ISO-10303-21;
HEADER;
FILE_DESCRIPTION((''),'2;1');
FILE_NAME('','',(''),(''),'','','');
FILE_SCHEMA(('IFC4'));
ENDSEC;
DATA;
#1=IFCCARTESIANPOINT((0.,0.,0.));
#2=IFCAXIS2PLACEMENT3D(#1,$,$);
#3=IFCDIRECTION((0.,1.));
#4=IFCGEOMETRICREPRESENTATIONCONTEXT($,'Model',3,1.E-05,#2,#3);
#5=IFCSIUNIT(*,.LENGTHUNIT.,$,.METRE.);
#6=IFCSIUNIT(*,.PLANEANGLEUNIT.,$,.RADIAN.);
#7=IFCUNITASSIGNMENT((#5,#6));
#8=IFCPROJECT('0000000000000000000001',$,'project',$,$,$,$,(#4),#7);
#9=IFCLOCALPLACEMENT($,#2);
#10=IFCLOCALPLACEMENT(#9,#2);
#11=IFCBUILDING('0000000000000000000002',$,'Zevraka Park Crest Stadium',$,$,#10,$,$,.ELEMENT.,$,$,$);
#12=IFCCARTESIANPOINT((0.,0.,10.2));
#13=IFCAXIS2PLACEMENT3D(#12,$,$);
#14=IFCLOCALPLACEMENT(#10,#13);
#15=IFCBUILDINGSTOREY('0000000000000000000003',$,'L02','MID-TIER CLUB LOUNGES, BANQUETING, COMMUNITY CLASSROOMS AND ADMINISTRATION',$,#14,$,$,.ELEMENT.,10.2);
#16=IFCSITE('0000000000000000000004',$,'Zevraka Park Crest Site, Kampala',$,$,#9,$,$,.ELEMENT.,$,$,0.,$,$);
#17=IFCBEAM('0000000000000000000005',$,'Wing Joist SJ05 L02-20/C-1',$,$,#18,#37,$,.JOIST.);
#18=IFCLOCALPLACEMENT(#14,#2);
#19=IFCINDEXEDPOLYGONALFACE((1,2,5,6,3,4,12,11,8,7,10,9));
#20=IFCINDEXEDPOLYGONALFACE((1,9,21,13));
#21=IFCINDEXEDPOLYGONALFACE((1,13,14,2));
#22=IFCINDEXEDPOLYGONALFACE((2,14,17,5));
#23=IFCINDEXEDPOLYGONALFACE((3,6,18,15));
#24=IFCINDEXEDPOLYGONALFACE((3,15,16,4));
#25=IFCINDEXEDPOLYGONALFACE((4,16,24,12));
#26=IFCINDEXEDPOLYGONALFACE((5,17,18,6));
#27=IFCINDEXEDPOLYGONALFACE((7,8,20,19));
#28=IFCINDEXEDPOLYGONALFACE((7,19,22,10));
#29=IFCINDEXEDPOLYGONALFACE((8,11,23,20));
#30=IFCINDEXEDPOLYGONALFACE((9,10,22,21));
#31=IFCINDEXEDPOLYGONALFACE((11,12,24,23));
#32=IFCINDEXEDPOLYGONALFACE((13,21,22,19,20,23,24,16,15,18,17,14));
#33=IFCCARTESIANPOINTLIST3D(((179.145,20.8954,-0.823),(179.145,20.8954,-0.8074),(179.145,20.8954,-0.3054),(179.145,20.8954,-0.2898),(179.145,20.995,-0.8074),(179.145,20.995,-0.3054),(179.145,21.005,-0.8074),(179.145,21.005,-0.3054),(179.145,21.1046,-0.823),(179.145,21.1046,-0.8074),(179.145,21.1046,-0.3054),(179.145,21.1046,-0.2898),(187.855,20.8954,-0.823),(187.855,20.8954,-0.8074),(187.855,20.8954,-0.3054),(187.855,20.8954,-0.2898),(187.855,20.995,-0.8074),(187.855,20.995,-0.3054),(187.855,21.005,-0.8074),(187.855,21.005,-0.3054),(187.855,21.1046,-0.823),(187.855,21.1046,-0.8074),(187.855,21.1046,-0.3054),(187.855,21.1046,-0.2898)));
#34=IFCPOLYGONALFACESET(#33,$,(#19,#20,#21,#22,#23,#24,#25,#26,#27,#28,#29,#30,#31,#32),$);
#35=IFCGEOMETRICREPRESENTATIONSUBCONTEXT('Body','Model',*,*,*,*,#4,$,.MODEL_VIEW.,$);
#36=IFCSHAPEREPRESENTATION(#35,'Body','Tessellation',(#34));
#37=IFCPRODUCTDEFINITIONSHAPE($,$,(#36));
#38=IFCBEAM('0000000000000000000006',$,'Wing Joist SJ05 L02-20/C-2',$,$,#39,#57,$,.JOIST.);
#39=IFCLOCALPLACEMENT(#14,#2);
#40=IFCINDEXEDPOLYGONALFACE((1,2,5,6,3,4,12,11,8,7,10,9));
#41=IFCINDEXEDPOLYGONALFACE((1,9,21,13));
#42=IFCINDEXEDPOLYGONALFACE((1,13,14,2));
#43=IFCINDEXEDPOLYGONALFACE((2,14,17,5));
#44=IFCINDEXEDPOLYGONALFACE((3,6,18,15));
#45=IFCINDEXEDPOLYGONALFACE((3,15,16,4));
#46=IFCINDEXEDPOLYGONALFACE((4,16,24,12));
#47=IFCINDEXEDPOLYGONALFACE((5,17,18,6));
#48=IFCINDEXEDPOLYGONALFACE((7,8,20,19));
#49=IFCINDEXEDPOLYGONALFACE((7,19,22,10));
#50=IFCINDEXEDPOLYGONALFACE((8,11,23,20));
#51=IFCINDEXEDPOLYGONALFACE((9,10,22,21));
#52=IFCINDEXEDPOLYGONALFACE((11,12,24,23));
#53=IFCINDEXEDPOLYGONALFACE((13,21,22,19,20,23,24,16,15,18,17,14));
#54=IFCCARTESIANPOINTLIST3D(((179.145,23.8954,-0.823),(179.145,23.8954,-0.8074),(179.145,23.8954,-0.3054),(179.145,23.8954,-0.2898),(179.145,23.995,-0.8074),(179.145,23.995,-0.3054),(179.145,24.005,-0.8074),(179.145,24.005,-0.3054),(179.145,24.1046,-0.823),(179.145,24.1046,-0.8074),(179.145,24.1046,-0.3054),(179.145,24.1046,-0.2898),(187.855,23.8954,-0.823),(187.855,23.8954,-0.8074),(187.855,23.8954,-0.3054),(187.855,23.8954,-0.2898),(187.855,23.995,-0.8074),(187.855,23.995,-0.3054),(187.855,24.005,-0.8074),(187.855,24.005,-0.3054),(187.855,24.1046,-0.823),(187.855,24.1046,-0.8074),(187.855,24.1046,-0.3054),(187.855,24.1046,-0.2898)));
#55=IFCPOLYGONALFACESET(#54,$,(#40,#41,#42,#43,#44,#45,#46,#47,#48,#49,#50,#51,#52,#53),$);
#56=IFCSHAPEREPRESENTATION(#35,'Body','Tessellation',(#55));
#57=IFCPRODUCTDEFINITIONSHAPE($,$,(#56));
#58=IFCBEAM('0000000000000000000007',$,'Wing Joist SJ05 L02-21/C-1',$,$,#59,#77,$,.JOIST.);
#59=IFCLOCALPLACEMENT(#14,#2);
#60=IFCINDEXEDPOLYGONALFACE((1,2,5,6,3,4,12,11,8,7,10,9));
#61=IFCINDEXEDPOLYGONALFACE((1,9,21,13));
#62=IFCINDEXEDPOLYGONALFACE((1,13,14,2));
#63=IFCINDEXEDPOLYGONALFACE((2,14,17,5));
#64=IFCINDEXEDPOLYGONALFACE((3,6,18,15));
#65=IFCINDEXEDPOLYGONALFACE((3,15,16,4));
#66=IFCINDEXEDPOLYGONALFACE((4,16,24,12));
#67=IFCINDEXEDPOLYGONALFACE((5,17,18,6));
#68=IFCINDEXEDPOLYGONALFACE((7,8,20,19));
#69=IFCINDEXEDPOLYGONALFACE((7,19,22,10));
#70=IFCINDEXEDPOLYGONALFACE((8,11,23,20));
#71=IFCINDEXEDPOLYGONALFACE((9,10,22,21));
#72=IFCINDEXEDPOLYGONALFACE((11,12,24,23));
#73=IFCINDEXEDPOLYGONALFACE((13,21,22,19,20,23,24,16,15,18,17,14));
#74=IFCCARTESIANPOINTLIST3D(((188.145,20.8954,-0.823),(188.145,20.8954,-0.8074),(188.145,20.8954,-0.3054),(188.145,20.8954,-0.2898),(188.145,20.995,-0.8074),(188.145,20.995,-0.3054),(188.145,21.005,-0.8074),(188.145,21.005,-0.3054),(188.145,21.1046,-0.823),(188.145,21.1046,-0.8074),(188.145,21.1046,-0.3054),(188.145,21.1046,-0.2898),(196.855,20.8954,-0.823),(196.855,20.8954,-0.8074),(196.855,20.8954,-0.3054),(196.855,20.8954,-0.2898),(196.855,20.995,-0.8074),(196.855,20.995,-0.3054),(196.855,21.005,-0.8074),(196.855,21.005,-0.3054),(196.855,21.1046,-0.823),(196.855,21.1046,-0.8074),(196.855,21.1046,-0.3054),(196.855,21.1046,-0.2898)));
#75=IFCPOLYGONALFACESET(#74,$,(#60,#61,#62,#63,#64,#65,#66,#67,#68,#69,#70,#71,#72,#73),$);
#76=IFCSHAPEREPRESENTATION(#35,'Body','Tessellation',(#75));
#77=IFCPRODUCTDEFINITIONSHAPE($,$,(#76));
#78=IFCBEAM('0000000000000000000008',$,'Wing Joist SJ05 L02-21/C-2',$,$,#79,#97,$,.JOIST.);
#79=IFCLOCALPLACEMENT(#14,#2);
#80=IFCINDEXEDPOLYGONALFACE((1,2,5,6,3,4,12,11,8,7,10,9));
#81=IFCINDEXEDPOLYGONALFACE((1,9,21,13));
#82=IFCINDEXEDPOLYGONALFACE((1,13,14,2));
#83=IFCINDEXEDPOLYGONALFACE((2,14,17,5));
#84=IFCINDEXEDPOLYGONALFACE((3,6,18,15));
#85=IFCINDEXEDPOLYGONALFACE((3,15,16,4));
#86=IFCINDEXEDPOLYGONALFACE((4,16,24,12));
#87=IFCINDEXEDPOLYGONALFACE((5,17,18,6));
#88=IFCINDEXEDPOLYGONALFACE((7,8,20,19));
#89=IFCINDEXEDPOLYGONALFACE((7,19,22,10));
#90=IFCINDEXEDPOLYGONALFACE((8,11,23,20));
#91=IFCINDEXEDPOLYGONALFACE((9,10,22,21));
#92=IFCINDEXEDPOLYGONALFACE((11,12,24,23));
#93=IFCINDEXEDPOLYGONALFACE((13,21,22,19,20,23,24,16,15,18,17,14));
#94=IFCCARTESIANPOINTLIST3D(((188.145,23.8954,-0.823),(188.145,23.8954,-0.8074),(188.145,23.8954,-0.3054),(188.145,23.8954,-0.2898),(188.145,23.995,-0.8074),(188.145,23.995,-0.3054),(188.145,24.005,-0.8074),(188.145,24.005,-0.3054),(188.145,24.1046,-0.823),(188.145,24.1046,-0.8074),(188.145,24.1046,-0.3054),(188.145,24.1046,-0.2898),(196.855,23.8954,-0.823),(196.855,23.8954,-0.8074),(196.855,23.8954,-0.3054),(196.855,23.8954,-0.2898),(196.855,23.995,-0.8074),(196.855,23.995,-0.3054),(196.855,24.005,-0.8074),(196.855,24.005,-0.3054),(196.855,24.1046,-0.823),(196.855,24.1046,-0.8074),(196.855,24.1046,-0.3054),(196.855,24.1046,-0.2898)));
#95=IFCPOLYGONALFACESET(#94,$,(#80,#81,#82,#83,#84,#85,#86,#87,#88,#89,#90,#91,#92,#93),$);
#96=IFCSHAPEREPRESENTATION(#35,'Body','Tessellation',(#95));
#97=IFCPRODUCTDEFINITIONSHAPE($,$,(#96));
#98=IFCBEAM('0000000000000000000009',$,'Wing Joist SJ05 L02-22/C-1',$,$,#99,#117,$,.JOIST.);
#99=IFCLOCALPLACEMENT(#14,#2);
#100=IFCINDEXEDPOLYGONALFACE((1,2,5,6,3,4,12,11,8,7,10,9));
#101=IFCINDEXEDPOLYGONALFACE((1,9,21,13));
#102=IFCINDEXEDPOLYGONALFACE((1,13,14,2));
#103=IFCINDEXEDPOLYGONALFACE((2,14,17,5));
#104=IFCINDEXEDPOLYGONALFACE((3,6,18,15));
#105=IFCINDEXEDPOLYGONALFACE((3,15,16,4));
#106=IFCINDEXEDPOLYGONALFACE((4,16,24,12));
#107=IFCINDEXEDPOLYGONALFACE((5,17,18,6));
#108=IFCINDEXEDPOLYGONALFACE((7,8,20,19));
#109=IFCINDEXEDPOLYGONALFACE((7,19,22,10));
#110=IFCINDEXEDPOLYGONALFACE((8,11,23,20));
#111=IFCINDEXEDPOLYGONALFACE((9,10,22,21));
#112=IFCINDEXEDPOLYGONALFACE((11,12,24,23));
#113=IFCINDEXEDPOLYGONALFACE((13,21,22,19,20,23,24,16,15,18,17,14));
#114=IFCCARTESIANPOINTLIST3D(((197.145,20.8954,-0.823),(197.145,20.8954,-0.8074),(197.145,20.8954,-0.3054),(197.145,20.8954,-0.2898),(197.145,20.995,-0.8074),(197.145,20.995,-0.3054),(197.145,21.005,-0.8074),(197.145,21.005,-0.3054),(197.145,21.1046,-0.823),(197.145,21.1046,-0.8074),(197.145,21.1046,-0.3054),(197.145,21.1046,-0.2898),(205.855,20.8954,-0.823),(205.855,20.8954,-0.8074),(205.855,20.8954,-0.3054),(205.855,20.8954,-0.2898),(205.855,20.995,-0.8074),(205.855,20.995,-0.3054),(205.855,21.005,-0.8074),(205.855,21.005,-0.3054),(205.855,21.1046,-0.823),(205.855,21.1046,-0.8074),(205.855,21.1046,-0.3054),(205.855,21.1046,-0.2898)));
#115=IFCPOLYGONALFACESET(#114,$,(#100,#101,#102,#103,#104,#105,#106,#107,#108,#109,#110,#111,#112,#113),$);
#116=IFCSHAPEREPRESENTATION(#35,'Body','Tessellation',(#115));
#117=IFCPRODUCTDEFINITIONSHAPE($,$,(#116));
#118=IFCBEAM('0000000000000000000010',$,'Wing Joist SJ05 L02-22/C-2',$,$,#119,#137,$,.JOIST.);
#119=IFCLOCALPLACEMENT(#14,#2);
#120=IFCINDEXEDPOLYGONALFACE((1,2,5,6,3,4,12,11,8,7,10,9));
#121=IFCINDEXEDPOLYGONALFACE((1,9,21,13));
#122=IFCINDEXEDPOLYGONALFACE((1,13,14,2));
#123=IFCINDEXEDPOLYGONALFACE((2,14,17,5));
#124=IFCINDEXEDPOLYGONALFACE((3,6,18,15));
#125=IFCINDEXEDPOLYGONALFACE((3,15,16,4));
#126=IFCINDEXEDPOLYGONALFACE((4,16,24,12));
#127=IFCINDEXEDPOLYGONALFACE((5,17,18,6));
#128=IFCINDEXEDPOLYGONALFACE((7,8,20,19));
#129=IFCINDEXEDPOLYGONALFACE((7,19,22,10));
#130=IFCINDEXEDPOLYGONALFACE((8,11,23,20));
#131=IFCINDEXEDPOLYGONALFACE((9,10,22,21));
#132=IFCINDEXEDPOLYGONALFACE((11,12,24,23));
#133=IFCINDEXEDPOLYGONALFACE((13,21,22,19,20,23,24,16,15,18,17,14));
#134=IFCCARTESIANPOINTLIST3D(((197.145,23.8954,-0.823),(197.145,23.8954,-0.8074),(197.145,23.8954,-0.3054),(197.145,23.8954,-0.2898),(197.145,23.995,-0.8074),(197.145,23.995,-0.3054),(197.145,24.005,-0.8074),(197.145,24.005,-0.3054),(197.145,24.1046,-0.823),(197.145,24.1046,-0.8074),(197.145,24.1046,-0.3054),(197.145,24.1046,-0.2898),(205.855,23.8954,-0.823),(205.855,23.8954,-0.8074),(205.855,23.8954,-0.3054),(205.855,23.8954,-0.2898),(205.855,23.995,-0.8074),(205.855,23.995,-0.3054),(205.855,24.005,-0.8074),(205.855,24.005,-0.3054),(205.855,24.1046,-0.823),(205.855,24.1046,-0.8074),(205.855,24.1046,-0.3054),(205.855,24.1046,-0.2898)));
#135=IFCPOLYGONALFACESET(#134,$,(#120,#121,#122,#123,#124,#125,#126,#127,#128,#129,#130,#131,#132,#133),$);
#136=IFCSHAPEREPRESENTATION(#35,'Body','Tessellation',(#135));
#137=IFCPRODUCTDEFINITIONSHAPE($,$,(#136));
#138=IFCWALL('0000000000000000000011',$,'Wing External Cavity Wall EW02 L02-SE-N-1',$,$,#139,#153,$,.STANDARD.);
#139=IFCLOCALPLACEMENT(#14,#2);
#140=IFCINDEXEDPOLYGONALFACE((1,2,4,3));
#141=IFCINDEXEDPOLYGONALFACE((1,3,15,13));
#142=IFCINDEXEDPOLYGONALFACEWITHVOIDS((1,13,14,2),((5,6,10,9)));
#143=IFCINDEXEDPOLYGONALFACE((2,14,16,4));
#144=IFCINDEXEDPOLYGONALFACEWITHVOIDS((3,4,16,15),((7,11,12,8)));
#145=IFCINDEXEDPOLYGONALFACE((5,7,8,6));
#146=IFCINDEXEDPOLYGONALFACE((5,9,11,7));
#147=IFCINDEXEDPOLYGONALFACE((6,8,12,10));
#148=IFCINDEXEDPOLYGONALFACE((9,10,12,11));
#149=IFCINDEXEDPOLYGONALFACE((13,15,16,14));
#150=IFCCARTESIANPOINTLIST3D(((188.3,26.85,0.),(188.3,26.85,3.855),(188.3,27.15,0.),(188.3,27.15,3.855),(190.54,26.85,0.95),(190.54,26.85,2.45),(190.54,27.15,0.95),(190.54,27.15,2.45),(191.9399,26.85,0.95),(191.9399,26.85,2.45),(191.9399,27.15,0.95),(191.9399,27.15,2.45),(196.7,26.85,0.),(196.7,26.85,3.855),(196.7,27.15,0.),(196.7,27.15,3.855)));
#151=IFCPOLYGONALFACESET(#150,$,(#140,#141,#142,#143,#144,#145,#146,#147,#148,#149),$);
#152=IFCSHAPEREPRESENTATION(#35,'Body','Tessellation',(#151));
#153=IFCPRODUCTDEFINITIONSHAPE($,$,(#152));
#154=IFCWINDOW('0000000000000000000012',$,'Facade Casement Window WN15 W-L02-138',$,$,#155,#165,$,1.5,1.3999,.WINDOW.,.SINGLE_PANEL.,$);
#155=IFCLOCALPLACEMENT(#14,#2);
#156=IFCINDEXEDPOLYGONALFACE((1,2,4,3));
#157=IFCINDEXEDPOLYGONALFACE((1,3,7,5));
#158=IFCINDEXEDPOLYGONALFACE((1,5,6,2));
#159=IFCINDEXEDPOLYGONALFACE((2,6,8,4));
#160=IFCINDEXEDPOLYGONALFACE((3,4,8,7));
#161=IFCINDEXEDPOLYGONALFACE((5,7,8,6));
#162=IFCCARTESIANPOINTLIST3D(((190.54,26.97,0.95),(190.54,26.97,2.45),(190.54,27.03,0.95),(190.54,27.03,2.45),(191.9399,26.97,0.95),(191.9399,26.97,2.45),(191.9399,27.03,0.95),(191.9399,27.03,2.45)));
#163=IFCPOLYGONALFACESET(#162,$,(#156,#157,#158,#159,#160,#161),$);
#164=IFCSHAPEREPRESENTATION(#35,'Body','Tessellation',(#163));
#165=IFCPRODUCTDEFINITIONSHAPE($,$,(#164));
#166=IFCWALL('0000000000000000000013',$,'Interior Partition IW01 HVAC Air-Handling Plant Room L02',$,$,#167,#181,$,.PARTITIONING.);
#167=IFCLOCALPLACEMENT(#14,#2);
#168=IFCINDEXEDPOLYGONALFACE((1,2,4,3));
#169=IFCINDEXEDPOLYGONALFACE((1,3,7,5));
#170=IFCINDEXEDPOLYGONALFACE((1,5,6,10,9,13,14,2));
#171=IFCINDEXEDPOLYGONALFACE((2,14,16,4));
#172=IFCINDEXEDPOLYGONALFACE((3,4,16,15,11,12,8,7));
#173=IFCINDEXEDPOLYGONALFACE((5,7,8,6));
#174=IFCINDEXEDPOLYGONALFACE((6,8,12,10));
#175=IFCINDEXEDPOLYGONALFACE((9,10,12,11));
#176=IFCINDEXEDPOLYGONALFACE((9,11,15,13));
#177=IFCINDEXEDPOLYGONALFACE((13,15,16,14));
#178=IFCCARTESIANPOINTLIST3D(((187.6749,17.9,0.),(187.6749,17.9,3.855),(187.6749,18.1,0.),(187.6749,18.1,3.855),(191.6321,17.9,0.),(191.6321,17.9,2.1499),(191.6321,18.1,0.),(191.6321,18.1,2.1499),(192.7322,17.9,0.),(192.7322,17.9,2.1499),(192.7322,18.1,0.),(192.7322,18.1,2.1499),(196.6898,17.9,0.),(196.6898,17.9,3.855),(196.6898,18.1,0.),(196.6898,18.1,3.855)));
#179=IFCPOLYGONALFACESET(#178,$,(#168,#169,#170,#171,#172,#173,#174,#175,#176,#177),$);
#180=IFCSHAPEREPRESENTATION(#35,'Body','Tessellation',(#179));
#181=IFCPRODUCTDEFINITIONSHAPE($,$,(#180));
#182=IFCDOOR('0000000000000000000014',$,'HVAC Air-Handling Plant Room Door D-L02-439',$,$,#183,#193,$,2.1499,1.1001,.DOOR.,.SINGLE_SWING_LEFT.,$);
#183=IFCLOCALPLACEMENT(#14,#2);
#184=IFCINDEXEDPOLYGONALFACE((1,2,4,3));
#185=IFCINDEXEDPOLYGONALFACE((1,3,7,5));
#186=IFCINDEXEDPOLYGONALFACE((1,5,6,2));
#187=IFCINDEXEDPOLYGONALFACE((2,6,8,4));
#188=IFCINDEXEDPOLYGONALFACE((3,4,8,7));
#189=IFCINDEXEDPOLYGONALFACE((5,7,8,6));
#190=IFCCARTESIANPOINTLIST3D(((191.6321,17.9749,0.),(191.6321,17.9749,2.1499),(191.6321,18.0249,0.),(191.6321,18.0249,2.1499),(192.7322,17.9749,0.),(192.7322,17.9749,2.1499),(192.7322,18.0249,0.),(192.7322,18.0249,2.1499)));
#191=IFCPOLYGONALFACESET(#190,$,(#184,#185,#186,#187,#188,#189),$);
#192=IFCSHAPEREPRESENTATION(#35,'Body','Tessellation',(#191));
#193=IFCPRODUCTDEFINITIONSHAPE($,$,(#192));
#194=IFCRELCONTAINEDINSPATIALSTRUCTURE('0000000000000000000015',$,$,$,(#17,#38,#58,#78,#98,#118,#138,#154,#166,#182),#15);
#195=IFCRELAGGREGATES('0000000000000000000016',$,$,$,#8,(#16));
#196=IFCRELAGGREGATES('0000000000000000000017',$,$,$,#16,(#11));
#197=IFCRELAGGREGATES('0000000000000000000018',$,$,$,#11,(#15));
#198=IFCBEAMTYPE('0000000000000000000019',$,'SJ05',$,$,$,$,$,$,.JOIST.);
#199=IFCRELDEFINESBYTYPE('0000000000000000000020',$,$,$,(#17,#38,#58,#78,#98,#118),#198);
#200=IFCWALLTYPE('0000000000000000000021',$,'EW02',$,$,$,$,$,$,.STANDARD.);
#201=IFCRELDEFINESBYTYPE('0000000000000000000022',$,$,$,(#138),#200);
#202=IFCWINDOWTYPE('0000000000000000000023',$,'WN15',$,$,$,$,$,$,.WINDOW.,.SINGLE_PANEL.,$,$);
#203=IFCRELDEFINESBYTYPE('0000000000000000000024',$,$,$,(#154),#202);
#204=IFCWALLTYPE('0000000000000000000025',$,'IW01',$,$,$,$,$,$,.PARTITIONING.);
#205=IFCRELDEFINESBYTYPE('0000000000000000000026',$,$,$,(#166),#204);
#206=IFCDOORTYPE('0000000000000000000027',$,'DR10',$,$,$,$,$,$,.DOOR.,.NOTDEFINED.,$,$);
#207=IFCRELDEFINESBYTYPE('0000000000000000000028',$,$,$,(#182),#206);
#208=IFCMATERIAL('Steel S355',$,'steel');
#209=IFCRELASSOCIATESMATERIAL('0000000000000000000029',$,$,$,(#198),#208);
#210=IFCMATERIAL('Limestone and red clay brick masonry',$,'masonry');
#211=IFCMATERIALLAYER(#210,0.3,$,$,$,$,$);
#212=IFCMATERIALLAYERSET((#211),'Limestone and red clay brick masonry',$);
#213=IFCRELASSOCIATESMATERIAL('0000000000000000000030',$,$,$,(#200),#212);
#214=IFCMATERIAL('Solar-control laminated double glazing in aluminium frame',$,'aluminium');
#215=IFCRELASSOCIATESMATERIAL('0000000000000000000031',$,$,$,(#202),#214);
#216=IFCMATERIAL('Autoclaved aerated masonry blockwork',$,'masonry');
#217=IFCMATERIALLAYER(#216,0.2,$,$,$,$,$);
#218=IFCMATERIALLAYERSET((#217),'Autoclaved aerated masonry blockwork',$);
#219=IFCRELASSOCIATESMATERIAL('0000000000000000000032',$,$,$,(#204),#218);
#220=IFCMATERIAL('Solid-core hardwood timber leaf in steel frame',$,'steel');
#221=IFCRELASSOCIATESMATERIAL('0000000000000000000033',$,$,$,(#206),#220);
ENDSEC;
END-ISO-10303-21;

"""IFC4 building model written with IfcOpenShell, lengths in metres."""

from ifc_helpers import new_model, si_unit, direction, frame, frame_2d, origin, origin_2d, place, context, subcontext, project, spatial, rectangle, i_section, extrude, material, layer, layer_set, material_profile, profile_set, type_object, element, fill, save


model = new_model("IFC4")

# Units and contexts
model_context = context("Model", 3, precision=1e-05, world=origin(), true_north=direction((0.0, 1.0)))
body_context = subcontext(model_context, "Body", "Model", "MODEL_VIEW")
ifc_project = project(units=[si_unit("LENGTHUNIT", "METRE"), si_unit("PLANEANGLEUNIT", "RADIAN")], contexts=[model_context])

# Site, building, storey
site_placement = place(None, origin())
site = spatial("IfcSite", under=ifc_project, at=site_placement, Name="Zevraka Park Crest Site, Kampala", CompositionType="ELEMENT", RefElevation=0.0)
building_placement = place(site_placement, origin())
building = spatial("IfcBuilding", under=site, at=building_placement, Name="Zevraka Park Crest Stadium", CompositionType="ELEMENT")
storey_placement = place(building_placement, frame((0.0, 0.0, 10.2)))
storey = spatial("IfcBuildingStorey", under=building, at=storey_placement, Name="L02", Description="MID-TIER CLUB LOUNGES, BANQUETING, COMMUNITY CLASSROOMS AND ADMINISTRATION", CompositionType="ELEMENT", Elevation=10.2)

# Beams
ifc_material_1 = material(Name="Steel S355", Category="steel")
ifc_material_profile_1 = material_profile(ifc_material_1, i_section(OverallWidth=0.2092, OverallDepth=0.5332, WebThickness=0.01, FlangeThickness=0.0156, at=origin_2d()), Name="UKB 533x210x92")
ifc_profile_set_1 = profile_set([ifc_material_profile_1], Name="Steel S355")
beam_type_1 = type_object("IfcBeamType", Name="SJ05", PredefinedType="JOIST", material=ifc_profile_set_1)
for number, where, z_axis, x_axis, name in (
    (1, (179.145, 21.0, -0.5564), (1.0, 0.0, 0.0), (0.0, 1.0, 0.0), "Wing Joist SJ05 L02-20/C-1"),
    (2, (179.145, 24.0, -0.5564), (1.0, 0.0, 0.0), (0.0, 1.0, 0.0), "Wing Joist SJ05 L02-20/C-2"),
    (3, (188.145, 21.0, -0.5564), (1.0, 0.0, 0.0), (0.0, 1.0, 0.0), "Wing Joist SJ05 L02-21/C-1"),
    (4, (188.145, 24.0, -0.5564), (1.0, 0.0, 0.0), (0.0, 1.0, 0.0), "Wing Joist SJ05 L02-21/C-2"),
    (5, (197.145, 21.0, -0.5564), (1.0, 0.0, 0.0), (0.0, 1.0, 0.0), "Wing Joist SJ05 L02-22/C-1"),
    (6, (197.145, 24.0, -0.5564), (1.0, 0.0, 0.0), (0.0, 1.0, 0.0), "Wing Joist SJ05 L02-22/C-2"),
):
    element("IfcBeam", number, at=place(storey_placement, frame(where, z_axis=z_axis, x_axis=x_axis)), inside=storey, type_object=beam_type_1, Name=name, PredefinedType="JOIST", context=body_context, shape_type="SweptSolid", body=[
        extrude(i_section(OverallWidth=0.2092, OverallDepth=0.5332, WebThickness=0.01, FlangeThickness=0.0156, at=origin_2d()), origin(), (0.0, 0.0, 1.0), 8.71),
    ])

# Wall, opening, window
ifc_material_2 = material(Name="Limestone and red clay brick masonry", Category="masonry")
ifc_layer_1 = layer(ifc_material_2, 0.3)
ifc_layer_set_1 = layer_set([ifc_layer_1], Name="Limestone and red clay brick masonry")
wall_type_1 = type_object("IfcWallType", Name="EW02", PredefinedType="STANDARD", material=ifc_layer_set_1)
wall_1_placement = place(storey_placement, frame((188.3, 27.0, 0.0), z_axis=(0.0, 0.0, 1.0), x_axis=(1.0, 0.0, 0.0)))
wall_1 = element("IfcWall", 7, at=wall_1_placement, inside=storey, type_object=wall_type_1, Name="Wing External Cavity Wall EW02 L02-SE-N-1", PredefinedType="STANDARD", context=body_context, shape_type="SweptSolid", body=[
    extrude(rectangle(XDim=8.3999, YDim=0.3, at=frame_2d((4.2, 0.0))), origin(), (0.0, 0.0, 1.0), 3.855),
])
opening_1_placement = place(wall_1_placement, frame((2.24, 0.0, 0.95)))
opening_1 = element("IfcOpeningElement", 8, at=opening_1_placement, cuts=wall_1, PredefinedType="OPENING", context=body_context, shape_type="SweptSolid", body=[
    extrude(rectangle(XDim=1.3999, YDim=1.5, at=frame_2d((0.7, 0.75))), frame((0.0, 0.1599, 0.0), z_axis=(0.0, -1.0, 0.0), x_axis=(1.0, 0.0, 0.0)), (0.0, 0.0, 1.0), 0.3201),
])
ifc_material_3 = material(Name="Solar-control laminated double glazing in aluminium frame", Category="aluminium")
window_type = type_object("IfcWindowType", Name="WN15", PartitioningType="SINGLE_PANEL", PredefinedType="WINDOW", material=ifc_material_3)
window_placement = place(opening_1_placement, origin())
window = element("IfcWindow", 9, at=window_placement, inside=storey, type_object=window_type, Name="Facade Casement Window WN15 W-L02-138", OverallHeight=1.5, OverallWidth=1.3999, PartitioningType="SINGLE_PANEL", PredefinedType="WINDOW", context=body_context, shape_type="SweptSolid", body=[
    extrude(rectangle(XDim=1.3999, YDim=1.5, at=frame_2d((0.7, 0.75))), frame((0.0, 0.03, 0.0), z_axis=(0.0, -1.0, 0.0), x_axis=(1.0, 0.0, 0.0)), (0.0, 0.0, 1.0), 0.0601),
])
fill(opening_1, window)

# Wall, opening, door
ifc_material_4 = material(Name="Autoclaved aerated masonry blockwork", Category="masonry")
ifc_layer_2 = layer(ifc_material_4, 0.2)
ifc_layer_set_2 = layer_set([ifc_layer_2], Name="Autoclaved aerated masonry blockwork")
wall_type_2 = type_object("IfcWallType", Name="IW01", PredefinedType="PARTITIONING", material=ifc_layer_set_2)
wall_2_placement = place(storey_placement, frame((187.675, 18.0, 0.0), z_axis=(0.0, 0.0, 1.0), x_axis=(1.0, 0.0, 0.0)))
wall_2 = element("IfcWall", 10, at=wall_2_placement, inside=storey, type_object=wall_type_2, Name="Interior Partition IW01 HVAC Air-Handling Plant Room L02", PredefinedType="PARTITIONING", context=body_context, shape_type="SweptSolid", body=[
    extrude(rectangle(XDim=9.0149, YDim=0.2, at=frame_2d((4.5073, 0.0))), origin(), (0.0, 0.0, 1.0), 3.855),
])
opening_2_placement = place(wall_2_placement, frame((3.957, 0.0, 0.0)))
opening_2 = element("IfcOpeningElement", 11, at=opening_2_placement, cuts=wall_2, PredefinedType="OPENING", context=body_context, shape_type="SweptSolid", body=[
    extrude(rectangle(XDim=1.1001, YDim=2.1499, at=frame_2d((0.55, 1.075))), frame((0.0, 0.1099, 0.0), z_axis=(0.0, -1.0, 0.0), x_axis=(1.0, 0.0, 0.0)), (0.0, 0.0, 1.0), 0.22),
])
ifc_material_5 = material(Name="Solid-core hardwood timber leaf in steel frame", Category="steel")
door_type_1 = type_object("IfcDoorType", Name="DR10", OperationType="NOTDEFINED", PredefinedType="DOOR", material=ifc_material_5)
door_1_placement = place(opening_2_placement, origin())
door_1 = element("IfcDoor", 12, at=door_1_placement, inside=storey, type_object=door_type_1, Name="HVAC Air-Handling Plant Room Door D-L02-439", OperationType="SINGLE_SWING_LEFT", OverallHeight=2.1499, OverallWidth=1.1001, PredefinedType="DOOR", context=body_context, shape_type="SweptSolid", body=[
    extrude(rectangle(XDim=1.1001, YDim=2.1499, at=frame_2d((0.55, 1.075))), frame((0.0, 0.0249, 0.0), z_axis=(0.0, -1.0, 0.0), x_axis=(1.0, 0.0, 0.0)), (0.0, 0.0, 1.0), 0.05),
])
fill(opening_2, door_1)

save(model, "model.ifc")
